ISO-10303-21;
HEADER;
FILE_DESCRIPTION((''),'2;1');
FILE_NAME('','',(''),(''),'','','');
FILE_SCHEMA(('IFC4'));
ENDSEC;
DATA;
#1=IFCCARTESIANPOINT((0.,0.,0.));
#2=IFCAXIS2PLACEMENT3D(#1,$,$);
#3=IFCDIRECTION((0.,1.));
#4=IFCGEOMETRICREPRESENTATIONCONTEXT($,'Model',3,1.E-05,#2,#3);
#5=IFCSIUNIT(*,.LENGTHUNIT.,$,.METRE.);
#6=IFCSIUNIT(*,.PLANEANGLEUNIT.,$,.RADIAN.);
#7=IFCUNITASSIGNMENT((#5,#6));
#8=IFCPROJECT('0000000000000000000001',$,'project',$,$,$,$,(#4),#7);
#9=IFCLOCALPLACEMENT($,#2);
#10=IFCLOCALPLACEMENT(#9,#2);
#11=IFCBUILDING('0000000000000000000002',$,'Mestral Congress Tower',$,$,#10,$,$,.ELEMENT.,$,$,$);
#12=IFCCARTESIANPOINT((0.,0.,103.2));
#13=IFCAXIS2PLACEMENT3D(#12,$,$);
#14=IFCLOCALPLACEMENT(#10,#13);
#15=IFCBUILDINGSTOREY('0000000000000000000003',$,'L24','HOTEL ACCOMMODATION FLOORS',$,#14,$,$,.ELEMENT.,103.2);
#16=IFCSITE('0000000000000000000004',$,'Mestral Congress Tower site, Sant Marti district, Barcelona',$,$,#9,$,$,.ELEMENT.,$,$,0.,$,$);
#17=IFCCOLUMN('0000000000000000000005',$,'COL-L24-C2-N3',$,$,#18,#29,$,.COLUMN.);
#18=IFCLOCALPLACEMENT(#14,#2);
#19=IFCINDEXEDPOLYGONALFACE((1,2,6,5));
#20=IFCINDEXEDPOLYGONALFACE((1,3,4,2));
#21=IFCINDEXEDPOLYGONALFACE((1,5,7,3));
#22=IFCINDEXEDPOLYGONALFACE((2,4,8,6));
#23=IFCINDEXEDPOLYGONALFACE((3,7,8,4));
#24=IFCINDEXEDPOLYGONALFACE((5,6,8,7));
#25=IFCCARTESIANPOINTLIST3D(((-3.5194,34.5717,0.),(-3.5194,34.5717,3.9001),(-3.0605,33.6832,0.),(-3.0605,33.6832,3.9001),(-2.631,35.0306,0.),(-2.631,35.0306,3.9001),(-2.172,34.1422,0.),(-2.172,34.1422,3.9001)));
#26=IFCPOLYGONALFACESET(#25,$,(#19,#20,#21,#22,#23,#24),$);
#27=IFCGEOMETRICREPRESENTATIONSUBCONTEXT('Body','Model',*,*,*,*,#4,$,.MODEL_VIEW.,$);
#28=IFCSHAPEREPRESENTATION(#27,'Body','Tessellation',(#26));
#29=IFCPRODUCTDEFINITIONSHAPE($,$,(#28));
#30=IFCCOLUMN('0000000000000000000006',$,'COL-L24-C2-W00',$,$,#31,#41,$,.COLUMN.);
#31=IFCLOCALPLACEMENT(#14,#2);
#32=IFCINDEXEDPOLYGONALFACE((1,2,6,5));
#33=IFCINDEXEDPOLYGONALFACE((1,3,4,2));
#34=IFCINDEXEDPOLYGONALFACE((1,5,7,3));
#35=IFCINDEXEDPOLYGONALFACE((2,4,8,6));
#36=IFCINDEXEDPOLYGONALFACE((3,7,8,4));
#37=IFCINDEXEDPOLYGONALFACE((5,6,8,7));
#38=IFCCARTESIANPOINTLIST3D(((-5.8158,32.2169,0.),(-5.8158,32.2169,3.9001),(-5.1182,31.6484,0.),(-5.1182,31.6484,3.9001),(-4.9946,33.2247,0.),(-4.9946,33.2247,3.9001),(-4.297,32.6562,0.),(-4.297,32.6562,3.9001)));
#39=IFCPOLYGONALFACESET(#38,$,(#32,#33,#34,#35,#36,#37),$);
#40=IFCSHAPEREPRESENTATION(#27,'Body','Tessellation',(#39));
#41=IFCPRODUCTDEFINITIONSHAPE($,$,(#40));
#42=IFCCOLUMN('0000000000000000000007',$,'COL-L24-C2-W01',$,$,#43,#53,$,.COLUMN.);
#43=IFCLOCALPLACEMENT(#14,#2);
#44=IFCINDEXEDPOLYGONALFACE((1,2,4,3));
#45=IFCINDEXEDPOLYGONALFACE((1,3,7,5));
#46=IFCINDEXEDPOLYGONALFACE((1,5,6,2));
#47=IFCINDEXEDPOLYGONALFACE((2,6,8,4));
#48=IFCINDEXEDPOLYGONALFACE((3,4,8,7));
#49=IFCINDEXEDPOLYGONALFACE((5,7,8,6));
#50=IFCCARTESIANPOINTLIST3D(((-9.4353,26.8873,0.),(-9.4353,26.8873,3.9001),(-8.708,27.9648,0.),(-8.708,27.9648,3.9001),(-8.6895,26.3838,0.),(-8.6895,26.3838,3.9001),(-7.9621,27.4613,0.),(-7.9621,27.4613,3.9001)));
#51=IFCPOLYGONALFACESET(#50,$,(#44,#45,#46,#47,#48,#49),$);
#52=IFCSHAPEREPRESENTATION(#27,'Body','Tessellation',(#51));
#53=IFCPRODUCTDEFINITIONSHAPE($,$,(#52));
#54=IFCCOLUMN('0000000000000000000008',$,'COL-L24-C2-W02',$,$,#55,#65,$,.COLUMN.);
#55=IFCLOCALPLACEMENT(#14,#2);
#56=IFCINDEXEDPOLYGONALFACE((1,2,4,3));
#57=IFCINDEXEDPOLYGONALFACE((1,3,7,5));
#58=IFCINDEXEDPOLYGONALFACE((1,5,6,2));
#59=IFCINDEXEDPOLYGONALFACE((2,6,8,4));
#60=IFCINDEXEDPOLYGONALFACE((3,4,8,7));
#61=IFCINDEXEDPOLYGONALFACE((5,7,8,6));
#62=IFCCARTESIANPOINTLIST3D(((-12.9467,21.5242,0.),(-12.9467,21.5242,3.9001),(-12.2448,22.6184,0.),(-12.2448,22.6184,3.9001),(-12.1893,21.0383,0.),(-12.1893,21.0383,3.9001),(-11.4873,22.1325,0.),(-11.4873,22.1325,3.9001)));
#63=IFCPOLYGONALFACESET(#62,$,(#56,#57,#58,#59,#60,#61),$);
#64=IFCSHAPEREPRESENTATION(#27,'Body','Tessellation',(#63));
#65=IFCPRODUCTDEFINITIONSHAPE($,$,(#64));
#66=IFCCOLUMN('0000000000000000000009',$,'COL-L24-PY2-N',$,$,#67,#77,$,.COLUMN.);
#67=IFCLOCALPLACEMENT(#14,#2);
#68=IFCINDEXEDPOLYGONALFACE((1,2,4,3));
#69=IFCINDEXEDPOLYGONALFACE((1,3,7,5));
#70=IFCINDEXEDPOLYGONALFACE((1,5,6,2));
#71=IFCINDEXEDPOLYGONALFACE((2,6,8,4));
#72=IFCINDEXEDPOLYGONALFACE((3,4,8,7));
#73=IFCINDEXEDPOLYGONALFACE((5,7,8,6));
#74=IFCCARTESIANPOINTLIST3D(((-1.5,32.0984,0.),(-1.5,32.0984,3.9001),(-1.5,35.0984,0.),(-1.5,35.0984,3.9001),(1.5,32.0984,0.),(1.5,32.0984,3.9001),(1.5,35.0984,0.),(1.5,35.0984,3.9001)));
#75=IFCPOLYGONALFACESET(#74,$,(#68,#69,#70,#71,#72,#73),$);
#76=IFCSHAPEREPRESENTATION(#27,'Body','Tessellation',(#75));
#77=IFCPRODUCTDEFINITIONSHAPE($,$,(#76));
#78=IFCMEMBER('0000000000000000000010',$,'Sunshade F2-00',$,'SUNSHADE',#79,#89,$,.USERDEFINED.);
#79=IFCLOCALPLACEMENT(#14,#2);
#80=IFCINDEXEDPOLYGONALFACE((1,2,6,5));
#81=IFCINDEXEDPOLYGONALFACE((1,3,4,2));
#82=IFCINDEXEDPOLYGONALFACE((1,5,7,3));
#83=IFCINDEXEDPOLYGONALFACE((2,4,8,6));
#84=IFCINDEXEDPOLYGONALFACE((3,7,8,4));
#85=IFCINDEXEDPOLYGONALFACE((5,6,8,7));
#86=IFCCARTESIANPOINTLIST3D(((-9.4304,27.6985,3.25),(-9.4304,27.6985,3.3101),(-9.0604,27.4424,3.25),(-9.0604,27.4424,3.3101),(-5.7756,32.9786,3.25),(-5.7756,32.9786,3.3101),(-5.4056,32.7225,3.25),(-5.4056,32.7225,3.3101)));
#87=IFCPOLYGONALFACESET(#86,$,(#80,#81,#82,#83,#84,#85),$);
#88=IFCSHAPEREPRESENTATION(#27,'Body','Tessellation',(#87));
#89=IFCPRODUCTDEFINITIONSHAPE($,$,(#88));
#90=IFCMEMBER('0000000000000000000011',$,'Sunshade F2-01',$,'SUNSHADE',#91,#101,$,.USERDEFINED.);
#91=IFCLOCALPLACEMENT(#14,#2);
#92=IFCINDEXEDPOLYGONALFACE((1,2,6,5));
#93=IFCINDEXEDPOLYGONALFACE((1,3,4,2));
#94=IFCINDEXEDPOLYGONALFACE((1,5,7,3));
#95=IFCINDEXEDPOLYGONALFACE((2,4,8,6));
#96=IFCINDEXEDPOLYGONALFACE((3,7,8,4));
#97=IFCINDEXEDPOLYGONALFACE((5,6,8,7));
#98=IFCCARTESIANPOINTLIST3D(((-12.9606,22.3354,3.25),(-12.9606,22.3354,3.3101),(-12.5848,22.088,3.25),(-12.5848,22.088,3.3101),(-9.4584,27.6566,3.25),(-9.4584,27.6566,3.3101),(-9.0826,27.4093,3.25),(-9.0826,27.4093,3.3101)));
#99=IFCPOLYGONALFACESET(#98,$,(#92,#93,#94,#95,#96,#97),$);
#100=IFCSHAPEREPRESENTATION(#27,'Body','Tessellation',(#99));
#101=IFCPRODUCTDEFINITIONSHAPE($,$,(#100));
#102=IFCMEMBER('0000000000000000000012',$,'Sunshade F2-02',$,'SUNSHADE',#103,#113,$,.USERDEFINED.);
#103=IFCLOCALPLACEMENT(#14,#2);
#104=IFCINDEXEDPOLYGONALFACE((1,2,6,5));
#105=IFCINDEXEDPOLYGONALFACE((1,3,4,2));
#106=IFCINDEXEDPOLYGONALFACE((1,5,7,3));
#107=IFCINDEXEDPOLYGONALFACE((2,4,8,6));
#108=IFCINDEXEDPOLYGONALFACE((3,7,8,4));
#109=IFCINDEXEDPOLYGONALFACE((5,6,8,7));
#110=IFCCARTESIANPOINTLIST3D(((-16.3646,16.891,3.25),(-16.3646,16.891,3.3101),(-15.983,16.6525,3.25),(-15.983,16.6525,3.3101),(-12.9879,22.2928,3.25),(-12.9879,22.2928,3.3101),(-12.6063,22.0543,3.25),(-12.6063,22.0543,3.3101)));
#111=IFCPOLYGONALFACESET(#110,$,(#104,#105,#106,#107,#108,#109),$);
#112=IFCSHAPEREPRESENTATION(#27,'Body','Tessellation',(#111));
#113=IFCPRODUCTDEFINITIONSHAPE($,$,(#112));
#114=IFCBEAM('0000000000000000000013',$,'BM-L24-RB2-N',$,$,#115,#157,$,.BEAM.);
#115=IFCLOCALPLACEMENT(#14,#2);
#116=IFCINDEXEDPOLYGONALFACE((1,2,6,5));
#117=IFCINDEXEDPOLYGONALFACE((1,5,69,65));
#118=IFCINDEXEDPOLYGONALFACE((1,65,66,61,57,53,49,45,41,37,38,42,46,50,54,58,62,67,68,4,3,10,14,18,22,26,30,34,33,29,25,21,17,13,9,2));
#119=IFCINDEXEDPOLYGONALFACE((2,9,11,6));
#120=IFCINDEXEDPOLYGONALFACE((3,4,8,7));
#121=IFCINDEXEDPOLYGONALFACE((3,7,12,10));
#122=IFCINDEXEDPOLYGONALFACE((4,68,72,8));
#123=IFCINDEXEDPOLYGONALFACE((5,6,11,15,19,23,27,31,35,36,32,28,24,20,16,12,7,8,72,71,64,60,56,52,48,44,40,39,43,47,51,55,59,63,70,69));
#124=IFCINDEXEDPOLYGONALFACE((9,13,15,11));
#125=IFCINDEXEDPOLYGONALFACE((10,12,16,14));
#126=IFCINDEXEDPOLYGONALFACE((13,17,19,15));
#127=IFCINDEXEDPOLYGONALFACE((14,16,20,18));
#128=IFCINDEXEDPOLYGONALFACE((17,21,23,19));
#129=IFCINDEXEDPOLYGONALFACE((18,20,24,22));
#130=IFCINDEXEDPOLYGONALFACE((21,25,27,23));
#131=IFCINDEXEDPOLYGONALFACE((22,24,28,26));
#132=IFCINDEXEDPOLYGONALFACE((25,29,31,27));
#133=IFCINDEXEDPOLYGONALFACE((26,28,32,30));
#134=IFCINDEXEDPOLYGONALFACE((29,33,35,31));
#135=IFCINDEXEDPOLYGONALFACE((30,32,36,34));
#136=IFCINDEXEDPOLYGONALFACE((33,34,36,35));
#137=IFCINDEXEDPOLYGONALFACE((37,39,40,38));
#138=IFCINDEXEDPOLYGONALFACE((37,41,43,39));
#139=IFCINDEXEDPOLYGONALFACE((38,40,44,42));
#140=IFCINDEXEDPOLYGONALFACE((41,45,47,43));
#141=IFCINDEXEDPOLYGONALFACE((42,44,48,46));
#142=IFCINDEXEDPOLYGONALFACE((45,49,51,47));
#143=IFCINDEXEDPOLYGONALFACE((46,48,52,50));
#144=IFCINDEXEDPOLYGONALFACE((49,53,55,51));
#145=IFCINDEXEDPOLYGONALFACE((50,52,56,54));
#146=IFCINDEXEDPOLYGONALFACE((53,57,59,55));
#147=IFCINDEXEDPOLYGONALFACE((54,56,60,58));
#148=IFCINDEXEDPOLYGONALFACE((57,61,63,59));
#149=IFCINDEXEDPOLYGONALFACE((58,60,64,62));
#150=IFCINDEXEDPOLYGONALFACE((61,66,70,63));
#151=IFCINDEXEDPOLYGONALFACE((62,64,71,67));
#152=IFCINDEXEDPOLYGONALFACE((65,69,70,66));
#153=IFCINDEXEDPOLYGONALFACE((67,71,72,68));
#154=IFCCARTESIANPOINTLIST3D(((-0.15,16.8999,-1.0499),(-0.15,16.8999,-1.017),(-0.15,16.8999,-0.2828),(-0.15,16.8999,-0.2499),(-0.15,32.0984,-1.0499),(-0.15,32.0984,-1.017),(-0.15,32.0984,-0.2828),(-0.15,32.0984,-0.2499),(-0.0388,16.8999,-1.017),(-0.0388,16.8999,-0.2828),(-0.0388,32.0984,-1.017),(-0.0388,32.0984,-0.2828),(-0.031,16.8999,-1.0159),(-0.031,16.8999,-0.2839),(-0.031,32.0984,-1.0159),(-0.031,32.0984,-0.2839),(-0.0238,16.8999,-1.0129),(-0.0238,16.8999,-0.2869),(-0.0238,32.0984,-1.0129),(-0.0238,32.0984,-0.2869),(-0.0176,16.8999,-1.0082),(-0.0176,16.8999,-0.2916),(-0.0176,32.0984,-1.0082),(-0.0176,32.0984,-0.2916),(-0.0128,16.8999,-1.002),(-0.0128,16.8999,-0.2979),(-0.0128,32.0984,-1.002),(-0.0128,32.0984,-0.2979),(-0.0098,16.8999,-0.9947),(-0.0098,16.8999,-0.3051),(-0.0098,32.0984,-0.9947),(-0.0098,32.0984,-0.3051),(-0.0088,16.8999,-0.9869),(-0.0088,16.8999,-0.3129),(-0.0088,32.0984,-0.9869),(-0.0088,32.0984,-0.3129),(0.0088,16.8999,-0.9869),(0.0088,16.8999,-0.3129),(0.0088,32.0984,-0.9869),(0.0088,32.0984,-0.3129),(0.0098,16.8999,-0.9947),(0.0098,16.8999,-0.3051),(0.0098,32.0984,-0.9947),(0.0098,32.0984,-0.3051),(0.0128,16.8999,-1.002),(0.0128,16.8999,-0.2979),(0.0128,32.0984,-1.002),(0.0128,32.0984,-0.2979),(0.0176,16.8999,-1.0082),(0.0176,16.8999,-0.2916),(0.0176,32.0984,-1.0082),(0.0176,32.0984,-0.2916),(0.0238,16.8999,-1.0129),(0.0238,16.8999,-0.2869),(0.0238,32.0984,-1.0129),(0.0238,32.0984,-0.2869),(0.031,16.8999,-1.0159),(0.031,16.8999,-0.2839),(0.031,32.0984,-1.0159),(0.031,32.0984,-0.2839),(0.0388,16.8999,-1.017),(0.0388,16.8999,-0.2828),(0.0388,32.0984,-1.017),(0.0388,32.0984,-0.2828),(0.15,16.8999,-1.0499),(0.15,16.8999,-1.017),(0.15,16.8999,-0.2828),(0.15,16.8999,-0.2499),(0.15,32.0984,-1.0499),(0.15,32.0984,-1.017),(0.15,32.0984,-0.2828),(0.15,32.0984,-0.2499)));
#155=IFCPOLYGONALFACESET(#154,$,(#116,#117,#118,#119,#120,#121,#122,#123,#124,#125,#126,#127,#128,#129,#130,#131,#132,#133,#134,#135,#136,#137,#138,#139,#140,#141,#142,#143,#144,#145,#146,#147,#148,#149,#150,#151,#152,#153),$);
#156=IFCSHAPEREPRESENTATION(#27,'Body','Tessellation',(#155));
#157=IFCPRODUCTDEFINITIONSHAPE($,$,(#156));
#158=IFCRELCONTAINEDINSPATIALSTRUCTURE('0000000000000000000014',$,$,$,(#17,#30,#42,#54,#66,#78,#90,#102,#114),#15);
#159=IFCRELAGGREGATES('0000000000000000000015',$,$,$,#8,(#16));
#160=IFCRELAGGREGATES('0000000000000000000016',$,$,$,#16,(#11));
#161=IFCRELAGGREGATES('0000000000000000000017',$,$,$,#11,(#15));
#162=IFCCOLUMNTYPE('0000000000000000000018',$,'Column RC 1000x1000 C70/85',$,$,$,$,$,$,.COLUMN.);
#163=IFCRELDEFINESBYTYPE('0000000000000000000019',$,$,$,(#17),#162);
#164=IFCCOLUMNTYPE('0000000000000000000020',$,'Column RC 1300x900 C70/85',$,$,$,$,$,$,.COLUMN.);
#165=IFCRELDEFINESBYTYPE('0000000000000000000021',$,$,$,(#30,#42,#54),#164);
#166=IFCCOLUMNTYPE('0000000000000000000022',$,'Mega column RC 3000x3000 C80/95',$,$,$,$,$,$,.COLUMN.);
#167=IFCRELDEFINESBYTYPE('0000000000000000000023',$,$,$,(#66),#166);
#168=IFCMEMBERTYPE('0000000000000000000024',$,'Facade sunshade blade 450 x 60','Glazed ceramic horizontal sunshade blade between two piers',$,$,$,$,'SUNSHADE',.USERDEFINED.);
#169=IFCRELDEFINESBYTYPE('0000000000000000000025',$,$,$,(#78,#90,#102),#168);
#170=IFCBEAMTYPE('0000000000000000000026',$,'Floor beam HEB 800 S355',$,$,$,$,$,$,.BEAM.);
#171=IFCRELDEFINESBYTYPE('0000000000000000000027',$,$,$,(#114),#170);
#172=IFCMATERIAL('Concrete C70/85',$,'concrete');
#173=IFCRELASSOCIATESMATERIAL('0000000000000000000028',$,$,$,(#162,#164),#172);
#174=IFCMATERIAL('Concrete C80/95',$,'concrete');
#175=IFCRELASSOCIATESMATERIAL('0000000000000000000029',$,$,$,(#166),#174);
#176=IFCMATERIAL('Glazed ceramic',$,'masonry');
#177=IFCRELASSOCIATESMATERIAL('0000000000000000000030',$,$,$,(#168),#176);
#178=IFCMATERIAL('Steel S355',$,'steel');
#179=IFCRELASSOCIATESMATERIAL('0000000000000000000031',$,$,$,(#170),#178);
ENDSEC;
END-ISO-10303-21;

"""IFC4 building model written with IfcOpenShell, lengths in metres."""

from ifc_helpers import new_model, si_unit, direction, frame, origin, origin_2d, place, context, subcontext, project, spatial, rectangle, i_section, extrude, material, material_profile, profile_set, type_object, element, save


model = new_model("IFC4")

# Units and contexts
model_context = context("Model", 3, precision=1e-05, world=origin(), true_north=direction((0.0, 1.0)))
body_context = subcontext(model_context, "Body", "Model", "MODEL_VIEW")
ifc_project = project(units=[si_unit("LENGTHUNIT", "METRE"), si_unit("PLANEANGLEUNIT", "RADIAN")], contexts=[model_context])

# Site, building, storey
site_placement = place(None, origin())
site = spatial("IfcSite", under=ifc_project, at=site_placement, Name="Mestral Congress Tower site, Sant Marti district, Barcelona", CompositionType="ELEMENT", RefElevation=0.0)
building_placement = place(site_placement, origin())
building = spatial("IfcBuilding", under=site, at=building_placement, Name="Mestral Congress Tower", CompositionType="ELEMENT")
storey_placement = place(building_placement, frame((0.0, 0.0, 103.2)))
storey = spatial("IfcBuildingStorey", under=building, at=storey_placement, Name="L24", Description="HOTEL ACCOMMODATION FLOORS", CompositionType="ELEMENT", Elevation=103.2)

# Columns
ifc_material_1 = material(Name="Concrete C70/85", Category="concrete")
ifc_material_profile_1 = material_profile(ifc_material_1, rectangle(XDim=1.0, YDim=1.0, at=origin_2d()), Name="RC 1000x1000")
ifc_profile_set_1 = profile_set([ifc_material_profile_1], Name="Concrete C70/85")
column_type_1 = type_object("IfcColumnType", Name="Column RC 1000x1000 C70/85", PredefinedType="COLUMN", material=ifc_profile_set_1)
column_1_placement = place(storey_placement, frame((-2.8457, 34.3569, 0.0), z_axis=(0.0, 0.0, 1.0), x_axis=(-0.888456, -0.458961, 0.0)))
element("IfcColumn", 1, at=column_1_placement, inside=storey, type_object=column_type_1, Name="COL-L24-C2-N3", PredefinedType="COLUMN", context=body_context, shape_type="SweptSolid", body=[
    extrude(rectangle(XDim=1.0, YDim=1.0, at=origin_2d()), origin(), (0.0, 0.0, 1.0), 3.9001),
])
ifc_material_profile_2 = material_profile(ifc_material_1, rectangle(XDim=1.3, YDim=0.8999, at=origin_2d()), Name="RC 1300x900")
ifc_profile_set_2 = profile_set([ifc_material_profile_2], Name="Concrete C70/85")
column_type_2 = type_object("IfcColumnType", Name="Column RC 1300x900 C70/85", PredefinedType="COLUMN", material=ifc_profile_set_2)
for number, where, z_axis, x_axis, name in (
    (2, (-5.0564, 32.4365, 0.0), (0.0, 0.0, 1.0), (-0.631709, -0.775206, 0.0), "COL-L24-C2-W00"),
    (3, (-8.6987, 27.1743, 0.0), (0.0, 0.0, 1.0), (-0.559479, -0.828844, 0.0), "COL-L24-C2-W01"),
    (4, (-12.217, 21.8284, 0.0), (0.0, 0.0, 1.0), (-0.539945, -0.8417, 0.0), "COL-L24-C2-W02"),
):
    element("IfcColumn", number, at=place(storey_placement, frame(where, z_axis=z_axis, x_axis=x_axis)), inside=storey, type_object=column_type_2, Name=name, PredefinedType="COLUMN", context=body_context, shape_type="SweptSolid", body=[
        extrude(rectangle(XDim=1.3, YDim=0.8999, at=origin_2d()), origin(), (0.0, 0.0, 1.0), 3.9001),
    ])
ifc_material_2 = material(Name="Concrete C80/95", Category="concrete")
ifc_material_profile_3 = material_profile(ifc_material_2, rectangle(XDim=3.0, YDim=3.0, at=origin_2d()), Name="RC 3000x3000")
ifc_profile_set_3 = profile_set([ifc_material_profile_3], Name="Concrete C80/95")
column_type_3 = type_object("IfcColumnType", Name="Mega column RC 3000x3000 C80/95", PredefinedType="COLUMN", material=ifc_profile_set_3)
column_2_placement = place(storey_placement, frame((0.0, 33.5984, 0.0), z_axis=(0.0, 0.0, 1.0), x_axis=(0.0, 1.0, 0.0)))
element("IfcColumn", 5, at=column_2_placement, inside=storey, type_object=column_type_3, Name="COL-L24-PY2-N", PredefinedType="COLUMN", context=body_context, shape_type="SweptSolid", body=[
    extrude(rectangle(XDim=3.0, YDim=3.0, at=origin_2d()), origin(), (0.0, 0.0, 1.0), 3.9001),
])

# Members
ifc_material_3 = material(Name="Glazed ceramic", Category="masonry")
ifc_material_profile_4 = material_profile(ifc_material_3, rectangle(XDim=0.45, YDim=0.0601, at=origin_2d()), Name="Ceramic blade 450 x 60")
ifc_profile_set_4 = profile_set([ifc_material_profile_4], Name="Glazed ceramic")
member_type = type_object("IfcMemberType", Name="Facade sunshade blade 450 x 60", Description="Glazed ceramic horizontal sunshade blade between two piers", ElementType="SUNSHADE", PredefinedType="USERDEFINED", material=ifc_profile_set_4)
member_placement = place(storey_placement, frame((-5.5906, 32.8506, 3.28), z_axis=(-0.569145, -0.822237, 0.0), x_axis=(0.822237, -0.569145, 0.0)))
element("IfcMember", 6, at=member_placement, inside=storey, type_object=member_type, Name="Sunshade F2-00", ObjectType="SUNSHADE", PredefinedType="USERDEFINED", context=body_context, shape_type="SweptSolid", body=[
    extrude(rectangle(XDim=0.45, YDim=0.0601, at=origin_2d()), origin(), (0.0, 0.0, 1.0), 6.4216),
])
for number, where, z_axis, x_axis, name in (
    (7, (-9.2705, 27.533, 3.28), (-0.549764, -0.83532, 0.0), (0.83532, -0.549764, 0.0), "Sunshade F2-01"),
    (8, (-12.7971, 22.1736, 3.28), (-0.530061, -0.84796, 0.0), (0.84796, -0.530061, 0.0), "Sunshade F2-02"),
):
    element("IfcMember", number, at=place(storey_placement, frame(where, z_axis=z_axis, x_axis=x_axis)), inside=storey, type_object=member_type, Name=name, ObjectType="SUNSHADE", PredefinedType="USERDEFINED", context=body_context, shape_type="SweptSolid", body=[
        extrude(rectangle(XDim=0.45, YDim=0.0601, at=origin_2d()), origin(), (0.0, 0.0, 1.0), 6.3704),
    ])

# Beam
ifc_material_4 = material(Name="Steel S355", Category="steel")
ifc_material_profile_5 = material_profile(ifc_material_4, i_section(OverallWidth=0.3, OverallDepth=0.8, WebThickness=0.0176, FlangeThickness=0.033, FilletRadius=0.03, at=origin_2d()), Name="HEB 800")
ifc_profile_set_5 = profile_set([ifc_material_profile_5], Name="Steel S355")
beam_type_1 = type_object("IfcBeamType", Name="Floor beam HEB 800 S355", PredefinedType="BEAM", material=ifc_profile_set_5)
beam_1_placement = place(storey_placement, frame((0.0, 32.0984, -0.6499), z_axis=(0.0, -1.0, 0.0), x_axis=(1.0, 0.0, 0.0)))
element("IfcBeam", 9, at=beam_1_placement, inside=storey, type_object=beam_type_1, Name="BM-L24-RB2-N", PredefinedType="BEAM", context=body_context, shape_type="SweptSolid", body=[
    extrude(i_section(OverallWidth=0.3, OverallDepth=0.8, WebThickness=0.0176, FlangeThickness=0.033, FilletRadius=0.03, at=origin_2d()), origin(), (0.0, 0.0, 1.0), 15.1985),
])

save(model, "model.ifc")
